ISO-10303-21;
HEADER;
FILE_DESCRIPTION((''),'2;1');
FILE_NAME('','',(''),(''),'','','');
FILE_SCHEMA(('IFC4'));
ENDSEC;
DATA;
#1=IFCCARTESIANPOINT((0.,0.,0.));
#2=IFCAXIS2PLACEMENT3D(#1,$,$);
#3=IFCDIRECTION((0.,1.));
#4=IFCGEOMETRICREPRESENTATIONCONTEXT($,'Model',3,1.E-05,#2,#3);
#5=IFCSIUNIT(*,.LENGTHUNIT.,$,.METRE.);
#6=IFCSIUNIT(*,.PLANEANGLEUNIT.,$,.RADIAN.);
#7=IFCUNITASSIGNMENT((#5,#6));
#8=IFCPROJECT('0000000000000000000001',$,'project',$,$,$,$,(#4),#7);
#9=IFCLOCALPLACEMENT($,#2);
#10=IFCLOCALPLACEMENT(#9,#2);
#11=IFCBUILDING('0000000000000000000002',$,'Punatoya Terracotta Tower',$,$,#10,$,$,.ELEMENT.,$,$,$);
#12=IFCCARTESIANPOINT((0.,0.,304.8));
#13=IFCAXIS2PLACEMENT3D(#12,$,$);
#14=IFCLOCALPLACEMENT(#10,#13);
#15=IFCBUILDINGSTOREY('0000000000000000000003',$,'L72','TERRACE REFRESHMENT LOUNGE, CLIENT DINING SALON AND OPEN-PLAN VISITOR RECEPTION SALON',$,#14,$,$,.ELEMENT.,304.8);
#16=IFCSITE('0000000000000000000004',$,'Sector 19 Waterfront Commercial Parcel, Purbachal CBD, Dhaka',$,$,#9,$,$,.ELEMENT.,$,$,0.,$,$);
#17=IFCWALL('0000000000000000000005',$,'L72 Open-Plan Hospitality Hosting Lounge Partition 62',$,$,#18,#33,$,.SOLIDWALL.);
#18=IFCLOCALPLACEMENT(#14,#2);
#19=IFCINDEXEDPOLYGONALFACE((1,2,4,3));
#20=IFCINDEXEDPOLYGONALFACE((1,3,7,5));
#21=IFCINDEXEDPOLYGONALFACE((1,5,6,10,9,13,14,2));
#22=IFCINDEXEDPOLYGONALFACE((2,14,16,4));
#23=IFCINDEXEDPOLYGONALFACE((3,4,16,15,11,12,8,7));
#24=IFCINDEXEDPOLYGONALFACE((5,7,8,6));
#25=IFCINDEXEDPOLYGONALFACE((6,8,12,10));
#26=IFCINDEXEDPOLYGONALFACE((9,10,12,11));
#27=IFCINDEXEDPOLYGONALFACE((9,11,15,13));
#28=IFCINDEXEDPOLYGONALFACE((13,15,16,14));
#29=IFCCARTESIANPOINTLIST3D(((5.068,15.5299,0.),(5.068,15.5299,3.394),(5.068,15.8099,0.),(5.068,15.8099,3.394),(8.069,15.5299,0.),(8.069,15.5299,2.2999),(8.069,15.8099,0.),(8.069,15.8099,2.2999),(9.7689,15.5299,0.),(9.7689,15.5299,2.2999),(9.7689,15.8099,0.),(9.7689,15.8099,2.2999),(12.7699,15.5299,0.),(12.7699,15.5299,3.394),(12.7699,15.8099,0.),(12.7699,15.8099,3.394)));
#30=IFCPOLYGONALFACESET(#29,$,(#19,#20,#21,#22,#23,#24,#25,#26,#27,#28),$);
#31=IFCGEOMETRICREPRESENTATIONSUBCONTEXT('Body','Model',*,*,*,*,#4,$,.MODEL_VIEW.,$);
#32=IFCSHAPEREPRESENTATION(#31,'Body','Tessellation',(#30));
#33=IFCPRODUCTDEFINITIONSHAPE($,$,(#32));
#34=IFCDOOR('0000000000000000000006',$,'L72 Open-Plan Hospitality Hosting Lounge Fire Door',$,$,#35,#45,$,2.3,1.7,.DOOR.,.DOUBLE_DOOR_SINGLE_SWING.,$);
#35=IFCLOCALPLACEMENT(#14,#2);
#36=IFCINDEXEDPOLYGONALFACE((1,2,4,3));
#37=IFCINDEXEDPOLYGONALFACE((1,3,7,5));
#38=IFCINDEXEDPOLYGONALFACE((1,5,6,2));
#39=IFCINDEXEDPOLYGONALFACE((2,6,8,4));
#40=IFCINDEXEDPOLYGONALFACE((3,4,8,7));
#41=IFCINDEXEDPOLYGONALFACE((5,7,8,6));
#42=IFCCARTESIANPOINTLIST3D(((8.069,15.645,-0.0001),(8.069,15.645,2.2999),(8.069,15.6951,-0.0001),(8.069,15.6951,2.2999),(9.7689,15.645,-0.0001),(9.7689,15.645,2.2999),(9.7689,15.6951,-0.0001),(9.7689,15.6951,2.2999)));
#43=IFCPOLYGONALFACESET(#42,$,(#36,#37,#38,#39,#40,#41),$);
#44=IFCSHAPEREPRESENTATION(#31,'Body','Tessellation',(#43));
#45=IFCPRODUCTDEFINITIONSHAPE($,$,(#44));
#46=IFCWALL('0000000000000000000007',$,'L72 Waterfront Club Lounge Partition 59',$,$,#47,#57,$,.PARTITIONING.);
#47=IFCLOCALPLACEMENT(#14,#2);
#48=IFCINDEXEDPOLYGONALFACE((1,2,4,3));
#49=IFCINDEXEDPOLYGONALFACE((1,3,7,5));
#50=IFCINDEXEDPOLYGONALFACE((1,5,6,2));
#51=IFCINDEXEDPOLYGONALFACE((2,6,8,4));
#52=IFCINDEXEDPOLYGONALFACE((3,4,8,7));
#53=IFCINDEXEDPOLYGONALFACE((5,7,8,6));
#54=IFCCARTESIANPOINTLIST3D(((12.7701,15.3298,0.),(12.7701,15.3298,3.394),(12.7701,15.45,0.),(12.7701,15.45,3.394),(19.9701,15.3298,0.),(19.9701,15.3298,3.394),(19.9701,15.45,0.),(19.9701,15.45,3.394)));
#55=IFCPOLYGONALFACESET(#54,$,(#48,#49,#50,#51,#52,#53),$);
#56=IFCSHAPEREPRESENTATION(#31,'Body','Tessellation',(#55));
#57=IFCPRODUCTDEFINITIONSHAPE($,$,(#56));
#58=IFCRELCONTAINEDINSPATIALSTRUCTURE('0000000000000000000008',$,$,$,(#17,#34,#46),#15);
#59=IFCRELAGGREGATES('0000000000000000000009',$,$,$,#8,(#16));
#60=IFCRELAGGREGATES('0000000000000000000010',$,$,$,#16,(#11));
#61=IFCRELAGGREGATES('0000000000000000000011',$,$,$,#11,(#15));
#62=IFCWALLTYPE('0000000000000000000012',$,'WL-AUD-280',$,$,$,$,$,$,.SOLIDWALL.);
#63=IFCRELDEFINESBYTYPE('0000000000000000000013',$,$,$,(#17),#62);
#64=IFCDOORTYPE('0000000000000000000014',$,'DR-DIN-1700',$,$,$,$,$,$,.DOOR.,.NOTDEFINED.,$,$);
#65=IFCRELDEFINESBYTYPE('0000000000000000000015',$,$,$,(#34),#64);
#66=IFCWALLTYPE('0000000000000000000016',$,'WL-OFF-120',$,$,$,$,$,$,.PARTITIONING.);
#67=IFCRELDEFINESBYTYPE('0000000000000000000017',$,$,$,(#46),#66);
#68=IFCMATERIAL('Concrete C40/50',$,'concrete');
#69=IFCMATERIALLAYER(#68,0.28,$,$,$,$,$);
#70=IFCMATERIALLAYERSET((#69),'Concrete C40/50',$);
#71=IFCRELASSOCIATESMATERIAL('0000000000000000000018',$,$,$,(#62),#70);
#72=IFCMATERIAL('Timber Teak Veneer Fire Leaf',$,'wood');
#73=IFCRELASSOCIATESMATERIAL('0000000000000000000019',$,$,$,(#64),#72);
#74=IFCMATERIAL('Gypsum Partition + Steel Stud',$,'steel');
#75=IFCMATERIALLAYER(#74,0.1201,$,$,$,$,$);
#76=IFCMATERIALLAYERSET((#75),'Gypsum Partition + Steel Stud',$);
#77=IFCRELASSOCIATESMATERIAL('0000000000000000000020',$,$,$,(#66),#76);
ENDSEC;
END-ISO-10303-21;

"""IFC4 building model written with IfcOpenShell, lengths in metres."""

from ifc_helpers import new_model, si_unit, direction, frame, frame_2d, origin, place, context, subcontext, project, spatial, rectangle, extrude, material, layer, layer_set, type_object, element, fill, save


model = new_model("IFC4")

# Units and contexts
model_context = context("Model", 3, precision=1e-05, world=origin(), true_north=direction((0.0, 1.0)))
body_context = subcontext(model_context, "Body", "Model", "MODEL_VIEW")
ifc_project = project(units=[si_unit("LENGTHUNIT", "METRE"), si_unit("PLANEANGLEUNIT", "RADIAN")], contexts=[model_context])

# Site, building, storey
site_placement = place(None, origin())
site = spatial("IfcSite", under=ifc_project, at=site_placement, Name="Sector 19 Waterfront Commercial Parcel, Purbachal CBD, Dhaka", CompositionType="ELEMENT", RefElevation=0.0)
building_placement = place(site_placement, origin())
building = spatial("IfcBuilding", under=site, at=building_placement, Name="Punatoya Terracotta Tower", CompositionType="ELEMENT")
storey_placement = place(building_placement, frame((0.0, 0.0, 304.8)))
storey = spatial("IfcBuildingStorey", under=building, at=storey_placement, Name="L72", Description="TERRACE REFRESHMENT LOUNGE, CLIENT DINING SALON AND OPEN-PLAN VISITOR RECEPTION SALON", CompositionType="ELEMENT", Elevation=304.8)

# Shared definitions
ifc_material_1 = material(Name="Concrete C40/50", Category="concrete")
ifc_layer_1 = layer(ifc_material_1, 0.28)
ifc_layer_set_1 = layer_set([ifc_layer_1], Name="Concrete C40/50")
wall_type_1 = type_object("IfcWallType", Name="WL-AUD-280", PredefinedType="SOLIDWALL", material=ifc_layer_set_1)

# Wall, opening, door
ifc_material_2 = material(Name="Timber Teak Veneer Fire Leaf", Category="wood")
door_type = type_object("IfcDoorType", Name="DR-DIN-1700", OperationType="NOTDEFINED", PredefinedType="DOOR", material=ifc_material_2)
wall_1_placement = place(storey_placement, frame((12.77, 15.6699, 0.0), z_axis=(0.0, 0.0, 1.0), x_axis=(-1.0, 0.0, 0.0)))
wall_1 = element("IfcWall", 1, at=wall_1_placement, inside=storey, type_object=wall_type_1, Name="L72 Open-Plan Hospitality Hosting Lounge Partition 62", PredefinedType="SOLIDWALL", context=body_context, shape_type="SweptSolid", body=[
    extrude(rectangle(XDim=7.7019, YDim=0.28, at=frame_2d((3.8511, 0.0))), origin(), (0.0, 0.0, 1.0), 3.394),
])
opening_1_placement = place(wall_1_placement, frame((3.001, 0.0, 0.0)))
opening_1 = element("IfcOpeningElement", 2, at=opening_1_placement, cuts=wall_1, PredefinedType="OPENING", context=body_context, shape_type="SweptSolid", body=[
    extrude(rectangle(XDim=1.7, YDim=2.3, at=frame_2d((0.8501, 1.1499))), frame((0.0, 0.1499, 0.0), z_axis=(0.0, -1.0, 0.0), x_axis=(1.0, 0.0, 0.0)), (0.0, 0.0, 1.0), 0.3),
])
door_1_placement = place(opening_1_placement, origin())
door_1 = element("IfcDoor", 3, at=door_1_placement, inside=storey, type_object=door_type, Name="L72 Open-Plan Hospitality Hosting Lounge Fire Door", OperationType="DOUBLE_DOOR_SINGLE_SWING", OverallHeight=2.3, OverallWidth=1.7, PredefinedType="DOOR", context=body_context, shape_type="SweptSolid", body=[
    extrude(rectangle(XDim=1.7, YDim=2.3, at=frame_2d((0.8501, 1.1499))), frame((0.0, 0.0249, 0.0), z_axis=(0.0, -1.0, 0.0), x_axis=(1.0, 0.0, 0.0)), (0.0, 0.0, 1.0), 0.05),
])
fill(opening_1, door_1)

# Wall
ifc_material_3 = material(Name="Gypsum Partition + Steel Stud", Category="steel")
ifc_layer_2 = layer(ifc_material_3, 0.1201)
ifc_layer_set_2 = layer_set([ifc_layer_2], Name="Gypsum Partition + Steel Stud")
wall_type_2 = type_object("IfcWallType", Name="WL-OFF-120", PredefinedType="PARTITIONING", material=ifc_layer_set_2)
wall_2_placement = place(storey_placement, frame((12.77, 15.3899, 0.0), z_axis=(0.0, 0.0, 1.0), x_axis=(1.0, 0.0, 0.0)))
element("IfcWall", 4, at=wall_2_placement, inside=storey, type_object=wall_type_2, Name="L72 Waterfront Club Lounge Partition 59", PredefinedType="PARTITIONING", context=body_context, shape_type="SweptSolid", body=[
    extrude(rectangle(XDim=7.2, YDim=0.1201, at=frame_2d((3.6001, 0.0))), origin(), (0.0, 0.0, 1.0), 3.394),
])

save(model, "model.ifc")
